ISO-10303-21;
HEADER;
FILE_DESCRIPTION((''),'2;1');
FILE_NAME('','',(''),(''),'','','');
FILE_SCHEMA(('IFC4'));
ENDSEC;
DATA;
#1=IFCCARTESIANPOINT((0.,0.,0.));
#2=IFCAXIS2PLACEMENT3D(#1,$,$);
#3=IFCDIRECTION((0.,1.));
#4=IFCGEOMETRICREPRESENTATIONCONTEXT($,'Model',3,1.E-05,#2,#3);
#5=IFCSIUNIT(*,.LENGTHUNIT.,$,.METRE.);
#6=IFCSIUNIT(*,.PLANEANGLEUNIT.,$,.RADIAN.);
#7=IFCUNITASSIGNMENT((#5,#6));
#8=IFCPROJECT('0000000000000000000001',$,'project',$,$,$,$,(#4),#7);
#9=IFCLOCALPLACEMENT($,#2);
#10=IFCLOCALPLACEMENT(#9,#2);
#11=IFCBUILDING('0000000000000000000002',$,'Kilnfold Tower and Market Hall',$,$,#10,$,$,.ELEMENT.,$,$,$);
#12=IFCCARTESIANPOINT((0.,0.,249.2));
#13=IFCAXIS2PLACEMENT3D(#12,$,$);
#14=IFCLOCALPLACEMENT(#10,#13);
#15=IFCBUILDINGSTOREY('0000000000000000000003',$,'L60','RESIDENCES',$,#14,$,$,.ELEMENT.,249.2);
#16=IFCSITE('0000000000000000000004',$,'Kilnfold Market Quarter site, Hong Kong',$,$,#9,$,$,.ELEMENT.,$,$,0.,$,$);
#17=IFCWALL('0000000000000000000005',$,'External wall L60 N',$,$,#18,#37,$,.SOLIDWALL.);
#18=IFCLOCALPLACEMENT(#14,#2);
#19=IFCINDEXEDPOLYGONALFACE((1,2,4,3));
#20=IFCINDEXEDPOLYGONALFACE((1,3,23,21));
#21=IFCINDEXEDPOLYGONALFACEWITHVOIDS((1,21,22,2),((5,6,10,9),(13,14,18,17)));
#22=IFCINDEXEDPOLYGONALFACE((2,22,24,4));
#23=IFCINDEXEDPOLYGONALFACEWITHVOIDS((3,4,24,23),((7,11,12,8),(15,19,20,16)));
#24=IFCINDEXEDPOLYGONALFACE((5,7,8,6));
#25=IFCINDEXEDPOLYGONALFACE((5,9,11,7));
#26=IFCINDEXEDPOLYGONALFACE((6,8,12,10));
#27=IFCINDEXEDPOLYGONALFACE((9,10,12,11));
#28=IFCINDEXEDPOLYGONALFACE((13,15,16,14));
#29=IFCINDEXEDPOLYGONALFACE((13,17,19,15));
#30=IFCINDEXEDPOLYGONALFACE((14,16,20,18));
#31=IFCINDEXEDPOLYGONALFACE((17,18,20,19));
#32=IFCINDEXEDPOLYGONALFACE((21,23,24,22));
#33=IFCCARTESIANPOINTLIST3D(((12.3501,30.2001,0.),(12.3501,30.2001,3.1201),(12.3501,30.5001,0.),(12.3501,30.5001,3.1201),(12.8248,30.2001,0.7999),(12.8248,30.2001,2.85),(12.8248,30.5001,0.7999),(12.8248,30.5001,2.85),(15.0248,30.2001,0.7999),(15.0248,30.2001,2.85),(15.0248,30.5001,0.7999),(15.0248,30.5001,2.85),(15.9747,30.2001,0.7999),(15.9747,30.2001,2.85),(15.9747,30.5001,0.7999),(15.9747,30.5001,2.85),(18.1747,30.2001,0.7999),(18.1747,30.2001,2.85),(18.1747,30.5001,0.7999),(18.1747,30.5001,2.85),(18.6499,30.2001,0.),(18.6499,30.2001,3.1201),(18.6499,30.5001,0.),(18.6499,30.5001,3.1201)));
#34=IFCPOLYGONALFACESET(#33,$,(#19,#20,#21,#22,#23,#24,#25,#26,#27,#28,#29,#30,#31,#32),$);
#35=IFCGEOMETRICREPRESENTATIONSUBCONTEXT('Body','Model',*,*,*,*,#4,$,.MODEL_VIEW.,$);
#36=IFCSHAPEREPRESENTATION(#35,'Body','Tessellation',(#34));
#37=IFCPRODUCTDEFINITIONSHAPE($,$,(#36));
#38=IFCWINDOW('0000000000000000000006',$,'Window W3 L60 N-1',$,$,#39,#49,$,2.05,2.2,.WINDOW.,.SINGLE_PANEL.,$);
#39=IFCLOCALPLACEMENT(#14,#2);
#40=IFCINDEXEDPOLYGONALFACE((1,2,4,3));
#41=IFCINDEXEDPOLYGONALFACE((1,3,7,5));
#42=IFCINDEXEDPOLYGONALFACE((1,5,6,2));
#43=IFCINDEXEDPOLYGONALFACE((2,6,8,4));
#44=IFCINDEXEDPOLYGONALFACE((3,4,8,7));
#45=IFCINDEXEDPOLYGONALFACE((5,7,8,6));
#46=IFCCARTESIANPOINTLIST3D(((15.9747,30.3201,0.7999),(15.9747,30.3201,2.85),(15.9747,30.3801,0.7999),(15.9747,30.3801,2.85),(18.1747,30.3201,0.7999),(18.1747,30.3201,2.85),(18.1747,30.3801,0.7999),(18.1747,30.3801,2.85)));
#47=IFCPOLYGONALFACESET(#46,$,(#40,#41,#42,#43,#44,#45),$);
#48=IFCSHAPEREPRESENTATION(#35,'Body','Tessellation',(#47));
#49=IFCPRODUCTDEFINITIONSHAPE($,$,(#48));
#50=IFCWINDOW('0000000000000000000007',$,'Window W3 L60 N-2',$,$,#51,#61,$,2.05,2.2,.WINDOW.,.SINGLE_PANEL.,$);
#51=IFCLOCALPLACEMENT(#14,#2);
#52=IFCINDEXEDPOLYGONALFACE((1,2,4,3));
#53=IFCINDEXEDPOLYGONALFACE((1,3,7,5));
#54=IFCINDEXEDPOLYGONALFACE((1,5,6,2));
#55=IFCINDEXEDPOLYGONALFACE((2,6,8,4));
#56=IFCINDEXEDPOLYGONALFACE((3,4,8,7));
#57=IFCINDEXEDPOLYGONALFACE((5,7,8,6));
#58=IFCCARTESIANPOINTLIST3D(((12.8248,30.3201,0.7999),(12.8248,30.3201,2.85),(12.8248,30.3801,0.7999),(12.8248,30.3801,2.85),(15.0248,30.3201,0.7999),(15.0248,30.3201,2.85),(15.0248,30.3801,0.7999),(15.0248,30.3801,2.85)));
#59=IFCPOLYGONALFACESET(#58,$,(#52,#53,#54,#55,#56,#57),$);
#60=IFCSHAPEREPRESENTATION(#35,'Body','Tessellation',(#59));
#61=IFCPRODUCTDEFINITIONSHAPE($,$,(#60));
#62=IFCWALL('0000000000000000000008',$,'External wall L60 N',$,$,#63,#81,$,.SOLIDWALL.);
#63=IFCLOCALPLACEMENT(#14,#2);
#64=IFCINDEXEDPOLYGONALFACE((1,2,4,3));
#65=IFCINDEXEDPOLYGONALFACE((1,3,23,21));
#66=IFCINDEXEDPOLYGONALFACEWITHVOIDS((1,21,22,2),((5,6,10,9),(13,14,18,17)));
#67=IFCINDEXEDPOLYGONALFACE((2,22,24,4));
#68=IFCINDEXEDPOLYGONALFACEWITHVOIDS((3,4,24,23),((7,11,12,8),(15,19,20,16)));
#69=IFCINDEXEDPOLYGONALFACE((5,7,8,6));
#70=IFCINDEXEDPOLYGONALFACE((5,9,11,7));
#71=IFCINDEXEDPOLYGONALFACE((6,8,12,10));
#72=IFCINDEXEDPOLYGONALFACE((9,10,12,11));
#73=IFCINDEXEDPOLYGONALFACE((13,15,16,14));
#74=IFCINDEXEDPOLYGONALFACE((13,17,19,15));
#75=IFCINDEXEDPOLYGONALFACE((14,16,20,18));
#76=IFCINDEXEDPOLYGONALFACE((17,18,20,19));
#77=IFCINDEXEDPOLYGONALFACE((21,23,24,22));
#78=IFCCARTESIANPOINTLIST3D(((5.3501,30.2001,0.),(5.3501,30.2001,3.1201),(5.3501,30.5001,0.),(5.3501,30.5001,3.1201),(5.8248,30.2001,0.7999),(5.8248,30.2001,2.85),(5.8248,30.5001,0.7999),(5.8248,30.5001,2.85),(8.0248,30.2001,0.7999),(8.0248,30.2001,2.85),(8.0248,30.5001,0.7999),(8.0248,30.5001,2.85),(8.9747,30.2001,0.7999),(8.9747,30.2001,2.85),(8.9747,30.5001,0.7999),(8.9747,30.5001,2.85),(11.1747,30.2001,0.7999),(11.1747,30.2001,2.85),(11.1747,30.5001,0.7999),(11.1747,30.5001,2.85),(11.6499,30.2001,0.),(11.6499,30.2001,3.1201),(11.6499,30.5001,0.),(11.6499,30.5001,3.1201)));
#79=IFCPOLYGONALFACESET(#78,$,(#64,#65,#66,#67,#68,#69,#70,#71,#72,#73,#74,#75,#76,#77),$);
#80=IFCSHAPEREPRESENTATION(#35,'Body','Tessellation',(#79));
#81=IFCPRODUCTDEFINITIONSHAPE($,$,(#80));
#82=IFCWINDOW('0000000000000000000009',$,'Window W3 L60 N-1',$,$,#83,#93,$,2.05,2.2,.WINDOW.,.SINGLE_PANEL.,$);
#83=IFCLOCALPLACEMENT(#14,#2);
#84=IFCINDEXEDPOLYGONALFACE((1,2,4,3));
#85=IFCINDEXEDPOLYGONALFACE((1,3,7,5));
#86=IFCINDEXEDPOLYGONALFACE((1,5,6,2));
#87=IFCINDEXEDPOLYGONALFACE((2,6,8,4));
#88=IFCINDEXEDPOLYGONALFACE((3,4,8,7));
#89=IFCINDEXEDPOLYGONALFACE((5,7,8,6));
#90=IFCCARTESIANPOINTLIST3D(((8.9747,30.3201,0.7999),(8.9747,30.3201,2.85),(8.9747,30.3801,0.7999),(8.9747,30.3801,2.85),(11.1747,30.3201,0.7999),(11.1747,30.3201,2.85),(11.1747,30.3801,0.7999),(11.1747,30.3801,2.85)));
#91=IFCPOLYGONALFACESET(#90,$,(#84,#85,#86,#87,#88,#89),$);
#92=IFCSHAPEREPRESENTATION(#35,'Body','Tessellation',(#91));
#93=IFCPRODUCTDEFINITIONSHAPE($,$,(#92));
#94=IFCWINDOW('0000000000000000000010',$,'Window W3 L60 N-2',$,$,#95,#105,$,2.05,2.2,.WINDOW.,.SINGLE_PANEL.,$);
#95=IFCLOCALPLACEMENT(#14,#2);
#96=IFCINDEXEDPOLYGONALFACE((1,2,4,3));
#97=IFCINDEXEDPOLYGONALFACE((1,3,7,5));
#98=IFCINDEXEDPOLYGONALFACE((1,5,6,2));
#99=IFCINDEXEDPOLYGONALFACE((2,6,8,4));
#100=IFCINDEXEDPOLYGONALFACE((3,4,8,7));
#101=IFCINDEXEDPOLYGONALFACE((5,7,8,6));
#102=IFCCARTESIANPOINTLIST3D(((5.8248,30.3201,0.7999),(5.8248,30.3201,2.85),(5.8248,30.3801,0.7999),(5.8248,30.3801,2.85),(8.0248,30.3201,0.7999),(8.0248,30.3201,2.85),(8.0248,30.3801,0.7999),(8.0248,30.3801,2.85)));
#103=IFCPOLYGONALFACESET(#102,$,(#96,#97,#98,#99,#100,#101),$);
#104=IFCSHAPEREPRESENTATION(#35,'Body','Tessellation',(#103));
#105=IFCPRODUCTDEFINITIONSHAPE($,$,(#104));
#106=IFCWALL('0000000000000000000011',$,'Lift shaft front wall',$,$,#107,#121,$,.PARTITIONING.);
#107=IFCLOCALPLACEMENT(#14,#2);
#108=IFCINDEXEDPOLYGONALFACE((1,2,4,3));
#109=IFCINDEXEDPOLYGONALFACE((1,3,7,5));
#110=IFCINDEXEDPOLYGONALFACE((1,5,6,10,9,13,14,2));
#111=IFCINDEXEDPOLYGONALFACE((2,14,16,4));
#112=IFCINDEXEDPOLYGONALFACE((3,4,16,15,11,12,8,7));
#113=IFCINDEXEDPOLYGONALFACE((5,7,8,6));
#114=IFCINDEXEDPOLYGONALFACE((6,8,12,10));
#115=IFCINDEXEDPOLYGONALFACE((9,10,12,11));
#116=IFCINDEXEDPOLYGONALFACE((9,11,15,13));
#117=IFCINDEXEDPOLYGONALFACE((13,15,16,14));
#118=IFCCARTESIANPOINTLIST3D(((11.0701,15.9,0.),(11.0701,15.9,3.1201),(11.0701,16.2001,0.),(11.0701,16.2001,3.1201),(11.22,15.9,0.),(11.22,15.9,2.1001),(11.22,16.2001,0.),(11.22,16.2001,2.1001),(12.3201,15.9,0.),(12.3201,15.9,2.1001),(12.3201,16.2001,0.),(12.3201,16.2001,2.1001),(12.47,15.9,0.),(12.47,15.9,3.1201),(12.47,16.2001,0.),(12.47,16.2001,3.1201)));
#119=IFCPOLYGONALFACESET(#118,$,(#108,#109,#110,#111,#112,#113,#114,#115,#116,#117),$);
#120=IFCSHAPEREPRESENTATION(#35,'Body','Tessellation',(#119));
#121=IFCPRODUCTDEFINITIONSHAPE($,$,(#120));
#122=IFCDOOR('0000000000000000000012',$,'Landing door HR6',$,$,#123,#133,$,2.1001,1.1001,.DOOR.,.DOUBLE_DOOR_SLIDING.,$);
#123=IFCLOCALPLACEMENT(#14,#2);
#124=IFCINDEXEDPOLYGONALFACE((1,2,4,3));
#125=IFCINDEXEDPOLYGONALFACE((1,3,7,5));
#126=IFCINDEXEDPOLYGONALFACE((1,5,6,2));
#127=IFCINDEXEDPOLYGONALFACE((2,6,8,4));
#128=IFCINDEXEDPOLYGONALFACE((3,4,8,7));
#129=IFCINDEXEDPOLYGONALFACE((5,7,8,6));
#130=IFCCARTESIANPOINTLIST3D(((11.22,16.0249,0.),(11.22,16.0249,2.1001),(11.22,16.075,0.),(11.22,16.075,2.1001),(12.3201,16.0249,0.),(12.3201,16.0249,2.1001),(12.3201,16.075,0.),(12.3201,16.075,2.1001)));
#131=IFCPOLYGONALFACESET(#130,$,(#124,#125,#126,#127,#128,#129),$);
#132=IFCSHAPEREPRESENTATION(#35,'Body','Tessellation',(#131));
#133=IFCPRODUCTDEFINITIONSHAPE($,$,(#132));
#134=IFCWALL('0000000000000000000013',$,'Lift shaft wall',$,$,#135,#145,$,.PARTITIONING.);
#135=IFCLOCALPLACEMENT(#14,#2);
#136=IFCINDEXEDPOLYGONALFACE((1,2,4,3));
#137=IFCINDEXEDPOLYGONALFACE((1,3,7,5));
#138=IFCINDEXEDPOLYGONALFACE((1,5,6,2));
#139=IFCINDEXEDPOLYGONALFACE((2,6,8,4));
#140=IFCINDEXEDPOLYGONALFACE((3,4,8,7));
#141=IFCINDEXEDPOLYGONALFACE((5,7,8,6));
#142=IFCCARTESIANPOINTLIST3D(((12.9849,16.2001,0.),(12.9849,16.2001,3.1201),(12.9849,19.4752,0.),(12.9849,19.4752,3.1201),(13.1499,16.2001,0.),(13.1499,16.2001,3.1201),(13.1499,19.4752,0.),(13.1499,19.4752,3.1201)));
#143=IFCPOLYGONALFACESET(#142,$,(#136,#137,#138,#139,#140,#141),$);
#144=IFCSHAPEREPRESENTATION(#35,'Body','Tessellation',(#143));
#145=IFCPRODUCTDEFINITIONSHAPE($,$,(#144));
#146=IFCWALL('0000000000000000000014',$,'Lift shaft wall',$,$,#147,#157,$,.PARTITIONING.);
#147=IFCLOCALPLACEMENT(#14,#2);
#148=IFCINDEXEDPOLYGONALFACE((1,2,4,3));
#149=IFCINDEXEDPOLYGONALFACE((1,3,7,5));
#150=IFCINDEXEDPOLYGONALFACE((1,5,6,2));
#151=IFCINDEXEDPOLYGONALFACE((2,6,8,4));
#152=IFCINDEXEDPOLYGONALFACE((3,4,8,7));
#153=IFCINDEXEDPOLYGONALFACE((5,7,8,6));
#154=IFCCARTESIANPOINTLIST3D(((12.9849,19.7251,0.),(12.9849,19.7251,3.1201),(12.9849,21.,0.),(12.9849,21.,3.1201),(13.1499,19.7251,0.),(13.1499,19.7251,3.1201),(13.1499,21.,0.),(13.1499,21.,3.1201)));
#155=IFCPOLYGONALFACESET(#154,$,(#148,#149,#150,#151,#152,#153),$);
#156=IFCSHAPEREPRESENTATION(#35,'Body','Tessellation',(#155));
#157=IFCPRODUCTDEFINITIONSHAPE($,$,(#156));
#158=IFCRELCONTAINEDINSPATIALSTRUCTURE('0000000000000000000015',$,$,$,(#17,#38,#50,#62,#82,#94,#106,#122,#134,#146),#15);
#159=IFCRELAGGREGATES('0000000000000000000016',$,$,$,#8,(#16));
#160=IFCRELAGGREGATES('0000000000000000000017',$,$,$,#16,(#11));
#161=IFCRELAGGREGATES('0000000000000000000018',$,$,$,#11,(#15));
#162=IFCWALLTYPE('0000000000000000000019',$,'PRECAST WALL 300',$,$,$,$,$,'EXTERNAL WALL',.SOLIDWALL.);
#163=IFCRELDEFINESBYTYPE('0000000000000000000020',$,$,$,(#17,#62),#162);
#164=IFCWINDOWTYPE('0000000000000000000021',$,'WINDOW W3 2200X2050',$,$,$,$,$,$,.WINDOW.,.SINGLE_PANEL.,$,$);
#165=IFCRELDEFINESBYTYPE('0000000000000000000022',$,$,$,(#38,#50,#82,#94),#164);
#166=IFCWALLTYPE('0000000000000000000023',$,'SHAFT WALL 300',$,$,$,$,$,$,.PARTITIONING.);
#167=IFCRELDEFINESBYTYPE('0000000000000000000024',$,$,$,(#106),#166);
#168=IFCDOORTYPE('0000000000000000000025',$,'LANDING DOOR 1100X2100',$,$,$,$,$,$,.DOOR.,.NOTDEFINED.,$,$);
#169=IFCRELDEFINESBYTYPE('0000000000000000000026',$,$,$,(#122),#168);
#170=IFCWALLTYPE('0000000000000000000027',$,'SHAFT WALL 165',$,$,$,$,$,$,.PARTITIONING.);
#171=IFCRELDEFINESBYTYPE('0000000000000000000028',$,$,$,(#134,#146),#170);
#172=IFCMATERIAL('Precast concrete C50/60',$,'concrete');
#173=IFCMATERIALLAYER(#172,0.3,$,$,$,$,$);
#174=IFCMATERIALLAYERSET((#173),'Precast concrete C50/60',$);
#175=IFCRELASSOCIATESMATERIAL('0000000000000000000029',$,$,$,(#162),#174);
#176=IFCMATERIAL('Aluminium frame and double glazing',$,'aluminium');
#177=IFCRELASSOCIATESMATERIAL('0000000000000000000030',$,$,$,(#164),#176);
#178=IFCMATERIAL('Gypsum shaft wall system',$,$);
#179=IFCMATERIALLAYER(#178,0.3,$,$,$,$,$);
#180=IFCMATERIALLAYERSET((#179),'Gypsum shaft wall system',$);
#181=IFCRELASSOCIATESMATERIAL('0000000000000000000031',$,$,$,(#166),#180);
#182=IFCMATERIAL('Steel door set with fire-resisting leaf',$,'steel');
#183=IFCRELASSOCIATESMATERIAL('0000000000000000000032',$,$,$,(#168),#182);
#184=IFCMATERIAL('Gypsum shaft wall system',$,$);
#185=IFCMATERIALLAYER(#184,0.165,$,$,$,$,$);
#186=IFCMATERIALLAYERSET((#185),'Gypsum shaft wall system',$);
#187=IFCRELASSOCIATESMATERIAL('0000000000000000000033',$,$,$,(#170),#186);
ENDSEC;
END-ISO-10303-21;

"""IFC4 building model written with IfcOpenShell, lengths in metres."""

from ifc_helpers import new_model, si_unit, direction, frame, frame_2d, origin, place, context, subcontext, project, spatial, rectangle, extrude, source, transform, mapped, material, layer, layer_set, type_object, element, fill, save


model = new_model("IFC4")

# Units and contexts
model_context = context("Model", 3, precision=1e-05, world=origin(), true_north=direction((0.0, 1.0)))
body_context = subcontext(model_context, "Body", "Model", "MODEL_VIEW")
ifc_project = project(units=[si_unit("LENGTHUNIT", "METRE"), si_unit("PLANEANGLEUNIT", "RADIAN")], contexts=[model_context])

# Site, building, storey
site_placement = place(None, origin())
site = spatial("IfcSite", under=ifc_project, at=site_placement, Name="Kilnfold Market Quarter site, Hong Kong", CompositionType="ELEMENT", RefElevation=0.0)
building_placement = place(site_placement, origin())
building = spatial("IfcBuilding", under=site, at=building_placement, Name="Kilnfold Tower and Market Hall", CompositionType="ELEMENT")
storey_placement = place(building_placement, frame((0.0, 0.0, 249.2)))
storey = spatial("IfcBuildingStorey", under=building, at=storey_placement, Name="L60", Description="RESIDENCES", CompositionType="ELEMENT", Elevation=249.2)

# Walls, openings, windows
ifc_material_1 = material(Name="Precast concrete C50/60", Category="concrete")
ifc_layer_1 = layer(ifc_material_1, 0.3)
ifc_layer_set_1 = layer_set([ifc_layer_1], Name="Precast concrete C50/60")
wall_type_1 = type_object("IfcWallType", Name="PRECAST WALL 300", ElementType="EXTERNAL WALL", PredefinedType="SOLIDWALL", material=ifc_layer_set_1)
shared_shape_1 = source(origin(), body_context, "Body", "SweptSolid", [
    extrude(rectangle(XDim=6.2998, YDim=0.3, at=frame_2d((3.1499, 0.0))), origin(), (0.0, 0.0, 1.0), 3.1201),
])
wall_1_placement = place(storey_placement, frame((18.6499, 30.3501, 0.0), z_axis=(0.0, 0.0, 1.0), x_axis=(-1.0, 0.0, 0.0)))
wall_1 = element("IfcWall", 1, at=wall_1_placement, inside=storey, type_object=wall_type_1, Name="External wall L60 N", PredefinedType="SOLIDWALL", context=body_context, shape_type="MappedRepresentation", body=[
    mapped(shared_shape_1, transform((0.0, 0.0, 0.0))),
])
opening_1_placement = place(wall_1_placement, frame((0.4751, 0.0, 0.8)))
opening_1 = element("IfcOpeningElement", 2, at=opening_1_placement, cuts=wall_1, PredefinedType="OPENING", context=body_context, shape_type="SweptSolid", body=[
    extrude(rectangle(XDim=2.2, YDim=2.05, at=frame_2d((1.1001, 1.0249))), frame((0.0, 0.1602, 0.0), z_axis=(0.0, -1.0, 0.0), x_axis=(1.0, 0.0, 0.0)), (0.0, 0.0, 1.0), 0.3201),
])
opening_2_placement = place(wall_1_placement, frame((3.625, 0.0, 0.8)))
opening_2 = element("IfcOpeningElement", 3, at=opening_2_placement, cuts=wall_1, PredefinedType="OPENING", context=body_context, shape_type="SweptSolid", body=[
    extrude(rectangle(XDim=2.2, YDim=2.05, at=frame_2d((1.1001, 1.0249))), frame((0.0, 0.1602, 0.0), z_axis=(0.0, -1.0, 0.0), x_axis=(1.0, 0.0, 0.0)), (0.0, 0.0, 1.0), 0.3201),
])
ifc_material_2 = material(Name="Aluminium frame and double glazing", Category="aluminium")
window_type = type_object("IfcWindowType", Name="WINDOW W3 2200X2050", PartitioningType="SINGLE_PANEL", PredefinedType="WINDOW", material=ifc_material_2)
window_1_placement = place(opening_1_placement, origin())
window_1 = element("IfcWindow", 4, at=window_1_placement, inside=storey, type_object=window_type, Name="Window W3 L60 N-1", OverallHeight=2.05, OverallWidth=2.2, PartitioningType="SINGLE_PANEL", PredefinedType="WINDOW", context=body_context, shape_type="SweptSolid", body=[
    extrude(rectangle(XDim=2.2, YDim=2.05, at=frame_2d((1.1001, 1.0249))), frame((0.0, 0.03, 0.0), z_axis=(0.0, -1.0, 0.0), x_axis=(1.0, 0.0, 0.0)), (0.0, 0.0, 1.0), 0.0601),
])
fill(opening_1, window_1)
window_2_placement = place(opening_2_placement, origin())
window_2 = element("IfcWindow", 5, at=window_2_placement, inside=storey, type_object=window_type, Name="Window W3 L60 N-2", OverallHeight=2.05, OverallWidth=2.2, PartitioningType="SINGLE_PANEL", PredefinedType="WINDOW", context=body_context, shape_type="SweptSolid", body=[
    extrude(rectangle(XDim=2.2, YDim=2.05, at=frame_2d((1.1001, 1.0249))), frame((0.0, 0.03, 0.0), z_axis=(0.0, -1.0, 0.0), x_axis=(1.0, 0.0, 0.0)), (0.0, 0.0, 1.0), 0.0601),
])
fill(opening_2, window_2)
wall_2_placement = place(storey_placement, frame((11.6499, 30.3501, 0.0), z_axis=(0.0, 0.0, 1.0), x_axis=(-1.0, 0.0, 0.0)))
wall_2 = element("IfcWall", 6, at=wall_2_placement, inside=storey, type_object=wall_type_1, Name="External wall L60 N", PredefinedType="SOLIDWALL", context=body_context, shape_type="MappedRepresentation", body=[
    mapped(shared_shape_1, transform((0.0, 0.0, 0.0))),
])
opening_3_placement = place(wall_2_placement, frame((0.4751, 0.0, 0.8)))
opening_3 = element("IfcOpeningElement", 7, at=opening_3_placement, cuts=wall_2, PredefinedType="OPENING", context=body_context, shape_type="SweptSolid", body=[
    extrude(rectangle(XDim=2.2, YDim=2.05, at=frame_2d((1.1001, 1.0249))), frame((0.0, 0.1602, 0.0), z_axis=(0.0, -1.0, 0.0), x_axis=(1.0, 0.0, 0.0)), (0.0, 0.0, 1.0), 0.3201),
])
opening_4_placement = place(wall_2_placement, frame((3.625, 0.0, 0.8)))
opening_4 = element("IfcOpeningElement", 8, at=opening_4_placement, cuts=wall_2, PredefinedType="OPENING", context=body_context, shape_type="SweptSolid", body=[
    extrude(rectangle(XDim=2.2, YDim=2.05, at=frame_2d((1.1001, 1.0249))), frame((0.0, 0.1602, 0.0), z_axis=(0.0, -1.0, 0.0), x_axis=(1.0, 0.0, 0.0)), (0.0, 0.0, 1.0), 0.3201),
])
window_3_placement = place(opening_3_placement, origin())
window_3 = element("IfcWindow", 9, at=window_3_placement, inside=storey, type_object=window_type, Name="Window W3 L60 N-1", OverallHeight=2.05, OverallWidth=2.2, PartitioningType="SINGLE_PANEL", PredefinedType="WINDOW", context=body_context, shape_type="SweptSolid", body=[
    extrude(rectangle(XDim=2.2, YDim=2.05, at=frame_2d((1.1001, 1.0249))), frame((0.0, 0.03, 0.0), z_axis=(0.0, -1.0, 0.0), x_axis=(1.0, 0.0, 0.0)), (0.0, 0.0, 1.0), 0.0601),
])
fill(opening_3, window_3)
window_4_placement = place(opening_4_placement, origin())
window_4 = element("IfcWindow", 10, at=window_4_placement, inside=storey, type_object=window_type, Name="Window W3 L60 N-2", OverallHeight=2.05, OverallWidth=2.2, PartitioningType="SINGLE_PANEL", PredefinedType="WINDOW", context=body_context, shape_type="SweptSolid", body=[
    extrude(rectangle(XDim=2.2, YDim=2.05, at=frame_2d((1.1001, 1.0249))), frame((0.0, 0.03, 0.0), z_axis=(0.0, -1.0, 0.0), x_axis=(1.0, 0.0, 0.0)), (0.0, 0.0, 1.0), 0.0601),
])
fill(opening_4, window_4)

# Wall, opening, door
ifc_material_3 = material(Name="Gypsum shaft wall system")
ifc_layer_2 = layer(ifc_material_3, 0.3)
ifc_layer_set_2 = layer_set([ifc_layer_2], Name="Gypsum shaft wall system")
wall_type_2 = type_object("IfcWallType", Name="SHAFT WALL 300", PredefinedType="PARTITIONING", material=ifc_layer_set_2)
shared_shape_2 = source(origin(), body_context, "Body", "SweptSolid", [
    extrude(rectangle(XDim=1.3999, YDim=0.3, at=frame_2d((0.7, 0.0))), origin(), (0.0, 0.0, 1.0), 3.1201),
])
wall_3_placement = place(storey_placement, frame((11.0701, 16.05, 0.0), z_axis=(0.0, 0.0, 1.0), x_axis=(1.0, 0.0, 0.0)))
wall_3 = element("IfcWall", 11, at=wall_3_placement, inside=storey, type_object=wall_type_2, Name="Lift shaft front wall", PredefinedType="PARTITIONING", context=body_context, shape_type="MappedRepresentation", body=[
    mapped(shared_shape_2, transform((0.0, 0.0, 0.0))),
])
opening_5_placement = place(wall_3_placement, frame((0.1499, 0.0, 0.0)))
opening_5 = element("IfcOpeningElement", 12, at=opening_5_placement, cuts=wall_3, PredefinedType="OPENING", context=body_context, shape_type="SweptSolid", body=[
    extrude(rectangle(XDim=1.1001, YDim=2.1001, at=frame_2d((0.55, 1.05))), frame((0.0, 0.1602, 0.0), z_axis=(0.0, -1.0, 0.0), x_axis=(1.0, 0.0, 0.0)), (0.0, 0.0, 1.0), 0.3201),
])
ifc_material_4 = material(Name="Steel door set with fire-resisting leaf", Category="steel")
door_type_1 = type_object("IfcDoorType", Name="LANDING DOOR 1100X2100", OperationType="NOTDEFINED", PredefinedType="DOOR", material=ifc_material_4)
door_1_placement = place(opening_5_placement, origin())
door_1 = element("IfcDoor", 13, at=door_1_placement, inside=storey, type_object=door_type_1, Name="Landing door HR6", OperationType="DOUBLE_DOOR_SLIDING", OverallHeight=2.1001, OverallWidth=1.1001, PredefinedType="DOOR", context=body_context, shape_type="SweptSolid", body=[
    extrude(rectangle(XDim=1.1001, YDim=2.1001, at=frame_2d((0.55, 1.05))), frame((0.0, 0.0249, 0.0), z_axis=(0.0, -1.0, 0.0), x_axis=(1.0, 0.0, 0.0)), (0.0, 0.0, 1.0), 0.05),
])
fill(opening_5, door_1)

# Walls
ifc_material_5 = material(Name="Gypsum shaft wall system")
ifc_layer_3 = layer(ifc_material_5, 0.165)
ifc_layer_set_3 = layer_set([ifc_layer_3], Name="Gypsum shaft wall system")
wall_type_3 = type_object("IfcWallType", Name="SHAFT WALL 165", PredefinedType="PARTITIONING", material=ifc_layer_set_3)
shared_shape_3 = source(origin(), body_context, "Body", "SweptSolid", [
    extrude(rectangle(XDim=3.2751, YDim=0.165, at=frame_2d((1.6377, 0.0))), origin(), (0.0, 0.0, 1.0), 3.1201),
])
wall_4_placement = place(storey_placement, frame((13.0674, 16.2, 0.0), z_axis=(0.0, 0.0, 1.0), x_axis=(0.0, 1.0, 0.0)))
element("IfcWall", 14, at=wall_4_placement, inside=storey, type_object=wall_type_3, Name="Lift shaft wall", PredefinedType="PARTITIONING", context=body_context, shape_type="MappedRepresentation", body=[
    mapped(shared_shape_3, transform((0.0, 0.0, 0.0))),
])
shared_shape_4 = source(origin(), body_context, "Body", "SweptSolid", [
    extrude(rectangle(XDim=1.2749, YDim=0.165, at=frame_2d((0.6375, 0.0))), origin(), (0.0, 0.0, 1.0), 3.1201),
])
wall_5_placement = place(storey_placement, frame((13.0674, 19.7251, 0.0), z_axis=(0.0, 0.0, 1.0), x_axis=(0.0, 1.0, 0.0)))
element("IfcWall", 15, at=wall_5_placement, inside=storey, type_object=wall_type_3, Name="Lift shaft wall", PredefinedType="PARTITIONING", context=body_context, shape_type="MappedRepresentation", body=[
    mapped(shared_shape_4, transform((0.0, 0.0, 0.0))),
])

save(model, "model.ifc")
